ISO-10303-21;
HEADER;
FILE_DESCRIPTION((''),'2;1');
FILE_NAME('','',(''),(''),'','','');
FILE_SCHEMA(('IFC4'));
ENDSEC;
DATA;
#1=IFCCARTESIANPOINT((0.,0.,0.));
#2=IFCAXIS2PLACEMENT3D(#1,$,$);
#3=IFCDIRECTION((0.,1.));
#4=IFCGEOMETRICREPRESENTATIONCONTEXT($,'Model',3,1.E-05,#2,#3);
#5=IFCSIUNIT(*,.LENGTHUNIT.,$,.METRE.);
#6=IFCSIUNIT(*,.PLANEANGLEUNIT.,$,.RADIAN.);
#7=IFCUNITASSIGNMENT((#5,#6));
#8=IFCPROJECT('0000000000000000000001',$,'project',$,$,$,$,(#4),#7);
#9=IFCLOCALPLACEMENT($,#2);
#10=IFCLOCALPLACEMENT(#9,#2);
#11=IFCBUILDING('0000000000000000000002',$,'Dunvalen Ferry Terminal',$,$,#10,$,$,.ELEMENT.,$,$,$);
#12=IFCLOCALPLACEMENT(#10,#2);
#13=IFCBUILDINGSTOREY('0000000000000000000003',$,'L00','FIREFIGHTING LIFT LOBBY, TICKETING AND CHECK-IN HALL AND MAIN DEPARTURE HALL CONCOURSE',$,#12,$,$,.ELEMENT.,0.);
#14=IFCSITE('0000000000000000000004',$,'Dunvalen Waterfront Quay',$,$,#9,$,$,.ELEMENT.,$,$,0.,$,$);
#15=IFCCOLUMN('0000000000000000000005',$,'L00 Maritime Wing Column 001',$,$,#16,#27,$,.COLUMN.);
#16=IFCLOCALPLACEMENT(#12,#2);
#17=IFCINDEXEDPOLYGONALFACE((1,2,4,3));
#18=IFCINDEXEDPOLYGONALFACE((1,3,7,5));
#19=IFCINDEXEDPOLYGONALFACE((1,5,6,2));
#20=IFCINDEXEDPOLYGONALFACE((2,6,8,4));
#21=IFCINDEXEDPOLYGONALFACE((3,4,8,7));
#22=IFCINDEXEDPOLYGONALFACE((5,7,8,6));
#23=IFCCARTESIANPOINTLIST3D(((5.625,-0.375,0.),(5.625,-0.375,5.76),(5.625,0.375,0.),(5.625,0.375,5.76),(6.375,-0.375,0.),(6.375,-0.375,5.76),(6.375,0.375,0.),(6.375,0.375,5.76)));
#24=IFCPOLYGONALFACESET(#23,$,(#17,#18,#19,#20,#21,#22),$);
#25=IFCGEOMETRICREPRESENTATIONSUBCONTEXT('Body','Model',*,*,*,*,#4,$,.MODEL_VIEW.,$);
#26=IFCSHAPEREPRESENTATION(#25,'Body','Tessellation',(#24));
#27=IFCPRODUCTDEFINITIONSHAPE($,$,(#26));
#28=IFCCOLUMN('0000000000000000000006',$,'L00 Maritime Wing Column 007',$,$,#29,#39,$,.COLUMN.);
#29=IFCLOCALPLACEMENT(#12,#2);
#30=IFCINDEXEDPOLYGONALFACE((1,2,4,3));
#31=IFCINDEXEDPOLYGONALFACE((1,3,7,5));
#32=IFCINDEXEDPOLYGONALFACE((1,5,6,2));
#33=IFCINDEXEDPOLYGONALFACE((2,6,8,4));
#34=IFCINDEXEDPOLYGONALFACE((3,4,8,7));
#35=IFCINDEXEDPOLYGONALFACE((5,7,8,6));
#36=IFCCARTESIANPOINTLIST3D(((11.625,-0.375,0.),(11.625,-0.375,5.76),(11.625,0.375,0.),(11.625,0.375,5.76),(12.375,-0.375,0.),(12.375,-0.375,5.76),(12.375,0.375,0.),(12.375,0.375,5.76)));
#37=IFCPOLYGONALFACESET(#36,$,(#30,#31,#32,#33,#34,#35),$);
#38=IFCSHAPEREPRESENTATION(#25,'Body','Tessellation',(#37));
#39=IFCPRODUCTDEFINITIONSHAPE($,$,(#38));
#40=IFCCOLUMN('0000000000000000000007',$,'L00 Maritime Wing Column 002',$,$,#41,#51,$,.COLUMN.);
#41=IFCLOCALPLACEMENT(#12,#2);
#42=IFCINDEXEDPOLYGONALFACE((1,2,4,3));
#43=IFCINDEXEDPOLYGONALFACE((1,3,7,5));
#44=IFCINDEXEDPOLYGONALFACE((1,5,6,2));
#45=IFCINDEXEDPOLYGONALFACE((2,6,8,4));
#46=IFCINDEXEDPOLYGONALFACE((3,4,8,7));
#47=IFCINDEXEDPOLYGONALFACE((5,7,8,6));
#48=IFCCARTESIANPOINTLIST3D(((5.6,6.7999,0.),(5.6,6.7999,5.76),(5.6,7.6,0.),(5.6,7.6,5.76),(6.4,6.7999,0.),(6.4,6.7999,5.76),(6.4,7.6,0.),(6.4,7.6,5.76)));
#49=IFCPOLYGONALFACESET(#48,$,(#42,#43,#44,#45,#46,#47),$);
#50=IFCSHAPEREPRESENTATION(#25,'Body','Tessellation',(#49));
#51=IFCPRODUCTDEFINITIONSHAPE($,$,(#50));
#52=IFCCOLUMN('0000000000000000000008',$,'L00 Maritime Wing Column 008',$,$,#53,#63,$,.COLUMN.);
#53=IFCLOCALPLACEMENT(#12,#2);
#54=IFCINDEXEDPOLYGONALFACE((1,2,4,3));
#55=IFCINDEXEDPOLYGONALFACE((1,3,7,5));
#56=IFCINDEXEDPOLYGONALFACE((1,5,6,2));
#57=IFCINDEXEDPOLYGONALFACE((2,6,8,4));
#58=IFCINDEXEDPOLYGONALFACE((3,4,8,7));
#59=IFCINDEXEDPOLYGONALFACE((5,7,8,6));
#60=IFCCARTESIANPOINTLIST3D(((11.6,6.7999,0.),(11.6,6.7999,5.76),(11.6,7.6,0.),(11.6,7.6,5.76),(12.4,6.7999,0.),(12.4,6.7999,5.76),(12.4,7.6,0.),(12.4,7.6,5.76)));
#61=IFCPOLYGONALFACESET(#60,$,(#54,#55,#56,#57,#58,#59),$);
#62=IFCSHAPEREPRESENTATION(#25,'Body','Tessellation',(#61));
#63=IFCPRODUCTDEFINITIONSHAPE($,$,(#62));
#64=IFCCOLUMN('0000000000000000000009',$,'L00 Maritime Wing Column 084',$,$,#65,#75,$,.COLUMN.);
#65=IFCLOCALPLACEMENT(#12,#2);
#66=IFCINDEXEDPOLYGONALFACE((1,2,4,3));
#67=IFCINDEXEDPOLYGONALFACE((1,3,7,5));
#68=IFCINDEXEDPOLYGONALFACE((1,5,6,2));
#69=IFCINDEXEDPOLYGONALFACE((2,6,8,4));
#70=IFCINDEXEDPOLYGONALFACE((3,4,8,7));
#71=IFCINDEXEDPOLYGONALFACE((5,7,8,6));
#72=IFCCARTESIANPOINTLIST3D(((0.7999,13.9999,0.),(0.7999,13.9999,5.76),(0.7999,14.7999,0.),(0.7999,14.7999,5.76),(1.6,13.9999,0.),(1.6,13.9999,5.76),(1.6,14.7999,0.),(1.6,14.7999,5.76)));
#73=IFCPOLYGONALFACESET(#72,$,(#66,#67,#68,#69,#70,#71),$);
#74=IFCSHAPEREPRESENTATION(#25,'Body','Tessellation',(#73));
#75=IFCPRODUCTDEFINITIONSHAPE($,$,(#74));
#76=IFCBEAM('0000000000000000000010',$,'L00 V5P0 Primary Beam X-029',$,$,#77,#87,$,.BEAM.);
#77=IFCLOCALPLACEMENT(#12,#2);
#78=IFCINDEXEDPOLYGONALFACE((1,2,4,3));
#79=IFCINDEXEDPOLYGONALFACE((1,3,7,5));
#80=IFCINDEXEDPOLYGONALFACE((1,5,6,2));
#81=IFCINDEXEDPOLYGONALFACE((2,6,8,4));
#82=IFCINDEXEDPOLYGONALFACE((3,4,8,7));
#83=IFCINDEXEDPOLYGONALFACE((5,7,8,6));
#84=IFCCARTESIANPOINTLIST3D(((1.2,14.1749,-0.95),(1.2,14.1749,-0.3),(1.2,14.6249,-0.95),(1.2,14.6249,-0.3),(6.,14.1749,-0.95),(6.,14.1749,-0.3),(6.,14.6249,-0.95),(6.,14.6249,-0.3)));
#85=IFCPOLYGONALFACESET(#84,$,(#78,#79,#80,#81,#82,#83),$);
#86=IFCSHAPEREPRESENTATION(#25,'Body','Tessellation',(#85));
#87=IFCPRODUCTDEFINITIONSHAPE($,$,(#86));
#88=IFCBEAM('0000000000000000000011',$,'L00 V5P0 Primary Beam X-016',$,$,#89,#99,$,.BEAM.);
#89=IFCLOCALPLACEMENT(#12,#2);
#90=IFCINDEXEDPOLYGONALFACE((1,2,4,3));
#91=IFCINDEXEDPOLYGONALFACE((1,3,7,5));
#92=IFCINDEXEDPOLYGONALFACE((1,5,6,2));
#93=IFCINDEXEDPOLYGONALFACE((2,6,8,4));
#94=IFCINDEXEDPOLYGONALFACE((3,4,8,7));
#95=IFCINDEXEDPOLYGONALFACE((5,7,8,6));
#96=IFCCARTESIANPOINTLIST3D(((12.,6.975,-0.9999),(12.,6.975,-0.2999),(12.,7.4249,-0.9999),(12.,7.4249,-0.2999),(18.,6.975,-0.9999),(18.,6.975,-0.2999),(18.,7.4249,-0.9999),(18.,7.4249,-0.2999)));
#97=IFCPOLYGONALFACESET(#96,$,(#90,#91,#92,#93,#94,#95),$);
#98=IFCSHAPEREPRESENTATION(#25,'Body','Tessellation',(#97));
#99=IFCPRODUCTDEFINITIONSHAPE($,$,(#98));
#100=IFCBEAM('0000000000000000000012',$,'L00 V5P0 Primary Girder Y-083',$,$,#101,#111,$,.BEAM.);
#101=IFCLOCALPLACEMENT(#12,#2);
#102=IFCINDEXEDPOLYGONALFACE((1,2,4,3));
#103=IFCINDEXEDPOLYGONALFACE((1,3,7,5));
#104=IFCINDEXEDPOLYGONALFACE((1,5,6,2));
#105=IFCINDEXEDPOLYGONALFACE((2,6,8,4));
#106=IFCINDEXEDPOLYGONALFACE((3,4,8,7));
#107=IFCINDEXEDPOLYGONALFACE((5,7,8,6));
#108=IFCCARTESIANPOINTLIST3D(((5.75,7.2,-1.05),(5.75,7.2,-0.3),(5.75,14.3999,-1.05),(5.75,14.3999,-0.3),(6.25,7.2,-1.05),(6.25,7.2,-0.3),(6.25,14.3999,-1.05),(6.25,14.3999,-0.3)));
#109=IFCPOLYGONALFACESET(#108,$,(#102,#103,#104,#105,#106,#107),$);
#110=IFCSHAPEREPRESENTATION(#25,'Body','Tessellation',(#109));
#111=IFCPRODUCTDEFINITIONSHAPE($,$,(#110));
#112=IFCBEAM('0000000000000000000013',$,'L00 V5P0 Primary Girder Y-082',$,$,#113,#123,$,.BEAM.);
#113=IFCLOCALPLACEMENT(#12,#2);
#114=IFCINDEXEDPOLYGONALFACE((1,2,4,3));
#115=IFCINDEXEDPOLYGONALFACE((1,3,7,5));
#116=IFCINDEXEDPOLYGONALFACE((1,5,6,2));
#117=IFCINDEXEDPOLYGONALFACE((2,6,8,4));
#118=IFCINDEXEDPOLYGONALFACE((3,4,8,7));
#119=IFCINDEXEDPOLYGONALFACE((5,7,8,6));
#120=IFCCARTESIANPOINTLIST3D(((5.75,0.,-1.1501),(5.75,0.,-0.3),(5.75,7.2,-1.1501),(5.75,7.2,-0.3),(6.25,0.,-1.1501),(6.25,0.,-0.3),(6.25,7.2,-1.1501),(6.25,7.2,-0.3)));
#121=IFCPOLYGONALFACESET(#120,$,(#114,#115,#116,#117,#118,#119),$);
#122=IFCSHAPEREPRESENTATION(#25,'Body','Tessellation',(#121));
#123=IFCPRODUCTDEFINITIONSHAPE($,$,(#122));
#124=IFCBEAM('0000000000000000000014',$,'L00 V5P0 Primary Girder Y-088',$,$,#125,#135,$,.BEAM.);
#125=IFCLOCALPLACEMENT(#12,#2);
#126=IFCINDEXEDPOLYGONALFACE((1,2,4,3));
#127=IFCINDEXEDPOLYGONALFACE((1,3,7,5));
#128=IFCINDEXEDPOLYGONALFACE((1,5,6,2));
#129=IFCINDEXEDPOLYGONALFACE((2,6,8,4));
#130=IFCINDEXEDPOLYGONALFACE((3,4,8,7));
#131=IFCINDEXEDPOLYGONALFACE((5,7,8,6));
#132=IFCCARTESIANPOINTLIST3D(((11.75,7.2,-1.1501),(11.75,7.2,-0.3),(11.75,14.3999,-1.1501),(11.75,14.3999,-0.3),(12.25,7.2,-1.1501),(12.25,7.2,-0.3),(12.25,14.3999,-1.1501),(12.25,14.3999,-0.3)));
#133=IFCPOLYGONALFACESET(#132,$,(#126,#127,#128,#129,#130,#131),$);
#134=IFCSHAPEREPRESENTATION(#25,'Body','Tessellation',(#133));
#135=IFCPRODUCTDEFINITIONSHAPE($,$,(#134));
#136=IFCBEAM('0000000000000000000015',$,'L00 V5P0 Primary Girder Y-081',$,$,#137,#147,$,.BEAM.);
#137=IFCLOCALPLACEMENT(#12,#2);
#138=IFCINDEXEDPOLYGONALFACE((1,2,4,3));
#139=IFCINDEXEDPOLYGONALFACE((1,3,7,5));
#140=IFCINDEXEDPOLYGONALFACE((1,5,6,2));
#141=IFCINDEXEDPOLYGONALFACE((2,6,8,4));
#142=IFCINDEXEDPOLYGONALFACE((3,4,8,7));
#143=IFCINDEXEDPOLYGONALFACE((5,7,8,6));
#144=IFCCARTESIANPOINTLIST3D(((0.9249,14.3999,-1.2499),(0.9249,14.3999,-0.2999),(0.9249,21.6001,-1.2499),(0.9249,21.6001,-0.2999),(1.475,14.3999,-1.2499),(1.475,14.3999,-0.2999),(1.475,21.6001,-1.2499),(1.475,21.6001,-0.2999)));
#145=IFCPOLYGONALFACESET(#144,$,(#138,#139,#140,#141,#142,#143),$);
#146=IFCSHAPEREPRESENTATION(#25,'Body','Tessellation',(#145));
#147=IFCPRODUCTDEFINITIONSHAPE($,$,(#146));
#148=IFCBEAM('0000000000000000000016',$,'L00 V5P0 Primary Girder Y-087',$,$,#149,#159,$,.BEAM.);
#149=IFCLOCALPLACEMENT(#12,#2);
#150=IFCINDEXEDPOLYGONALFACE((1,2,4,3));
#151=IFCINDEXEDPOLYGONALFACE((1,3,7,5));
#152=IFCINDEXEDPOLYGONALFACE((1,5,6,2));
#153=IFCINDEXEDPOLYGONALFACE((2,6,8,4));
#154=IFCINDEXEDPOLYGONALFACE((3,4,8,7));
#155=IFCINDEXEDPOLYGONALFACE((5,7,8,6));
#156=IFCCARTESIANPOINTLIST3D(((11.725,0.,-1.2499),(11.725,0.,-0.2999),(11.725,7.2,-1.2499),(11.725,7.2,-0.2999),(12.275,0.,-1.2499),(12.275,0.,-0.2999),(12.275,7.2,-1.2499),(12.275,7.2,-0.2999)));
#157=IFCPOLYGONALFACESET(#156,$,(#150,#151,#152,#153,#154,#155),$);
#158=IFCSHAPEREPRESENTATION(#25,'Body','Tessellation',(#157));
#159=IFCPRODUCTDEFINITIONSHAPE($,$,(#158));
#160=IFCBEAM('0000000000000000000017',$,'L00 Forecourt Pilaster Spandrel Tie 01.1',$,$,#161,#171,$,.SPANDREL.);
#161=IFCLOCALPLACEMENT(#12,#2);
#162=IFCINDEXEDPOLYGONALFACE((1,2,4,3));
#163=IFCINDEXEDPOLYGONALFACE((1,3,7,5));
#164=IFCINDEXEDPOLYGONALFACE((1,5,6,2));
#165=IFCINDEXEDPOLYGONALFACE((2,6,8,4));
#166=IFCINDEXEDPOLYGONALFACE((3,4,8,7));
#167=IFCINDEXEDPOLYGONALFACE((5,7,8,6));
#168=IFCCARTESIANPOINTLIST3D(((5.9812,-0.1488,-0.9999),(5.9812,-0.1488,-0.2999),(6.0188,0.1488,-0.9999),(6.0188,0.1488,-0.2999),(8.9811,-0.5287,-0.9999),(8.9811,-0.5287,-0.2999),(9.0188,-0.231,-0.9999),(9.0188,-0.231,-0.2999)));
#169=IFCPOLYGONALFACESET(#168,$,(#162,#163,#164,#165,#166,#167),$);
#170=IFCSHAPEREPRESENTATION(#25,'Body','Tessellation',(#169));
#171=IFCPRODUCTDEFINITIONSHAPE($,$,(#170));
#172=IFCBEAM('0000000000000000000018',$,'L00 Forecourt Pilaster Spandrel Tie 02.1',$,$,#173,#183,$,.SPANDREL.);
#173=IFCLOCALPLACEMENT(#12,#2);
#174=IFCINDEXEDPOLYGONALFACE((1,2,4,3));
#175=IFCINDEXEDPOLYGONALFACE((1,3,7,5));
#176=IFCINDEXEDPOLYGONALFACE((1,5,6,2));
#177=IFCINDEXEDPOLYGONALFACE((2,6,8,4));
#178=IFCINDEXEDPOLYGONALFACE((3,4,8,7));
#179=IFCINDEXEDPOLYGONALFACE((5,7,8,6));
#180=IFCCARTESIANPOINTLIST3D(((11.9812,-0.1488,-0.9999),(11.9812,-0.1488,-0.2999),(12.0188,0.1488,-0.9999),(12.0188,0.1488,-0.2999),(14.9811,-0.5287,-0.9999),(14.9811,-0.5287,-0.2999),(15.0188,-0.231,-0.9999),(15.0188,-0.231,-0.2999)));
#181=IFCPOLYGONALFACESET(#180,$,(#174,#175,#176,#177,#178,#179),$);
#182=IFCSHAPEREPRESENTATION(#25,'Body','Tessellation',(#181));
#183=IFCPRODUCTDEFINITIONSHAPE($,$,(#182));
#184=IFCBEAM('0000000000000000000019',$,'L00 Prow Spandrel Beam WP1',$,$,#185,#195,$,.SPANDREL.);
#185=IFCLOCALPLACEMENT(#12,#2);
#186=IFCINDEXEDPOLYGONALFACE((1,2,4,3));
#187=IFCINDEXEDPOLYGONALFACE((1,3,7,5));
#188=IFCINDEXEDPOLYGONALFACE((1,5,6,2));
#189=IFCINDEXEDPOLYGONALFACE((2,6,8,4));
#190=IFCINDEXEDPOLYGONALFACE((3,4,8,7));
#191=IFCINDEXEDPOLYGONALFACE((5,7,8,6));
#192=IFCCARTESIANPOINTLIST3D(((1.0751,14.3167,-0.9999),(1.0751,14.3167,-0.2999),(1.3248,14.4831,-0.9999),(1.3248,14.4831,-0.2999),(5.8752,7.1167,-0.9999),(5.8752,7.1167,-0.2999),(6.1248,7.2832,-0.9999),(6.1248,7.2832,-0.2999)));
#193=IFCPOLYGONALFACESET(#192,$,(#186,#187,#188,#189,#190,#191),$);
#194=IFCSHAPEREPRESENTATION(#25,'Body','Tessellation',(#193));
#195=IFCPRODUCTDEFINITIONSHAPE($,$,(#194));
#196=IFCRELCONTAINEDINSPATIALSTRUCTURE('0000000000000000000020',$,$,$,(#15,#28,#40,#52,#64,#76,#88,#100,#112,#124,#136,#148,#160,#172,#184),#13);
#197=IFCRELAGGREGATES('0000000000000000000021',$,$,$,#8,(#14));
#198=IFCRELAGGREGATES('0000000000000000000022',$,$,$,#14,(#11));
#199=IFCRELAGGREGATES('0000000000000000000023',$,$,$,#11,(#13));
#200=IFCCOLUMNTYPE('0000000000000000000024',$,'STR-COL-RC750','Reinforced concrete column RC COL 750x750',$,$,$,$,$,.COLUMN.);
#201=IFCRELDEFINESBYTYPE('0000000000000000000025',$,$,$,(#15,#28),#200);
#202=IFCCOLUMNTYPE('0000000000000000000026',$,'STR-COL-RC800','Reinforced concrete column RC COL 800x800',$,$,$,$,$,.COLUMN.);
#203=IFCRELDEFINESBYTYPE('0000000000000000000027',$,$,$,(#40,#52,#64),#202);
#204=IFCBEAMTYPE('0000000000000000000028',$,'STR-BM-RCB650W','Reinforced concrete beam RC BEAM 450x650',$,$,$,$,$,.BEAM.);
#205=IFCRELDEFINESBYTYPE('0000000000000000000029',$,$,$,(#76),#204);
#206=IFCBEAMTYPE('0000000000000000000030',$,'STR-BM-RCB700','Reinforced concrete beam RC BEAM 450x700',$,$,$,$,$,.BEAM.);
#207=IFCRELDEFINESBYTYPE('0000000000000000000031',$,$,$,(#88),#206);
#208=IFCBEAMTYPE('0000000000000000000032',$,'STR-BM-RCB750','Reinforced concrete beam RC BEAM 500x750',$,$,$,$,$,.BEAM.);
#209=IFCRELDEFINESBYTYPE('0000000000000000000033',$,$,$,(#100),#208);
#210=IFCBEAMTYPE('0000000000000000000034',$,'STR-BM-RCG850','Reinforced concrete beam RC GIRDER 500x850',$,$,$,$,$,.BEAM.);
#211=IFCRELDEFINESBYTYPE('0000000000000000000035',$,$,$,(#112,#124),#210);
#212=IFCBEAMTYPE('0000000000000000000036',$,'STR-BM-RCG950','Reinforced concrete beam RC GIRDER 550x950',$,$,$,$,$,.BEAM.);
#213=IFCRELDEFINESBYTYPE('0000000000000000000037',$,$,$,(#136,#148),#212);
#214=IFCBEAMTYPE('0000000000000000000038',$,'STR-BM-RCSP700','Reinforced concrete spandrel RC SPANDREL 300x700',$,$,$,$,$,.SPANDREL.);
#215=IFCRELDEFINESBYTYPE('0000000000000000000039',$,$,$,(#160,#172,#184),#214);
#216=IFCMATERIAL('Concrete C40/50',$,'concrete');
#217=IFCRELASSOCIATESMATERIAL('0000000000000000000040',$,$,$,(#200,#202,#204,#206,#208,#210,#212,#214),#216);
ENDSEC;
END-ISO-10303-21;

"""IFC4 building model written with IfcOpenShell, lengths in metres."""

from ifc_helpers import new_model, si_unit, direction, frame, origin, origin_2d, place, context, subcontext, project, spatial, rectangle, extrude, material, material_profile, profile_set, type_object, element, save


model = new_model("IFC4")

# Units and contexts
model_context = context("Model", 3, precision=1e-05, world=origin(), true_north=direction((0.0, 1.0)))
body_context = subcontext(model_context, "Body", "Model", "MODEL_VIEW")
ifc_project = project(units=[si_unit("LENGTHUNIT", "METRE"), si_unit("PLANEANGLEUNIT", "RADIAN")], contexts=[model_context])

# Site, building, storey
site_placement = place(None, origin())
site = spatial("IfcSite", under=ifc_project, at=site_placement, Name="Dunvalen Waterfront Quay", CompositionType="ELEMENT", RefElevation=0.0)
building_placement = place(site_placement, origin())
building = spatial("IfcBuilding", under=site, at=building_placement, Name="Dunvalen Ferry Terminal", CompositionType="ELEMENT")
storey_placement = place(building_placement, origin())
storey = spatial("IfcBuildingStorey", under=building, at=storey_placement, Name="L00", Description="FIREFIGHTING LIFT LOBBY, TICKETING AND CHECK-IN HALL AND MAIN DEPARTURE HALL CONCOURSE", CompositionType="ELEMENT", Elevation=0.0)

# Columns
ifc_material_1 = material(Name="Concrete C40/50", Category="concrete")
ifc_material_profile_1 = material_profile(ifc_material_1, rectangle(XDim=0.75, YDim=0.75, at=origin_2d()), Name="Concrete C40/50")
ifc_profile_set_1 = profile_set([ifc_material_profile_1], Name="Concrete C40/50")
column_type_1 = type_object("IfcColumnType", Name="STR-COL-RC750", Description="Reinforced concrete column RC COL 750x750", PredefinedType="COLUMN", material=ifc_profile_set_1)
for number, where, z_axis, x_axis, name in (
    (1, (6.0, 0.0, 0.0), (0.0, 0.0, 1.0), (1.0, 0.0, 0.0), "L00 Maritime Wing Column 001"),
    (2, (12.0, 0.0, 0.0), (0.0, 0.0, 1.0), (1.0, 0.0, 0.0), "L00 Maritime Wing Column 007"),
):
    element("IfcColumn", number, at=place(storey_placement, frame(where, z_axis=z_axis, x_axis=x_axis)), inside=storey, type_object=column_type_1, Name=name, PredefinedType="COLUMN", context=body_context, shape_type="SweptSolid", body=[
        extrude(rectangle(XDim=0.75, YDim=0.75, at=origin_2d()), origin(), (0.0, 0.0, 1.0), 5.76),
    ])
ifc_material_profile_2 = material_profile(ifc_material_1, rectangle(XDim=0.8, YDim=0.8, at=origin_2d()), Name="Concrete C40/50")
ifc_profile_set_2 = profile_set([ifc_material_profile_2], Name="Concrete C40/50")
column_type_2 = type_object("IfcColumnType", Name="STR-COL-RC800", Description="Reinforced concrete column RC COL 800x800", PredefinedType="COLUMN", material=ifc_profile_set_2)
for number, where, z_axis, x_axis, name in (
    (3, (6.0, 7.2, 0.0), (0.0, 0.0, 1.0), (1.0, 0.0, 0.0), "L00 Maritime Wing Column 002"),
    (4, (12.0, 7.2, 0.0), (0.0, 0.0, 1.0), (1.0, 0.0, 0.0), "L00 Maritime Wing Column 008"),
    (5, (1.2, 14.3999, 0.0), (0.0, 0.0, 1.0), (1.0, 0.0, 0.0), "L00 Maritime Wing Column 084"),
):
    element("IfcColumn", number, at=place(storey_placement, frame(where, z_axis=z_axis, x_axis=x_axis)), inside=storey, type_object=column_type_2, Name=name, PredefinedType="COLUMN", context=body_context, shape_type="SweptSolid", body=[
        extrude(rectangle(XDim=0.8, YDim=0.8, at=origin_2d()), origin(), (0.0, 0.0, 1.0), 5.76),
    ])

# Beams
ifc_material_profile_3 = material_profile(ifc_material_1, rectangle(XDim=0.45, YDim=0.6499, at=origin_2d()), Name="Concrete C40/50")
ifc_profile_set_3 = profile_set([ifc_material_profile_3], Name="Concrete C40/50")
beam_type_1 = type_object("IfcBeamType", Name="STR-BM-RCB650W", Description="Reinforced concrete beam RC BEAM 450x650", PredefinedType="BEAM", material=ifc_profile_set_3)
beam_1_placement = place(storey_placement, frame((1.2, 14.3999, -0.625), z_axis=(1.0, 0.0, 0.0), x_axis=(0.0, 1.0, 0.0)))
element("IfcBeam", 6, at=beam_1_placement, inside=storey, type_object=beam_type_1, Name="L00 V5P0 Primary Beam X-029", PredefinedType="BEAM", context=body_context, shape_type="SweptSolid", body=[
    extrude(rectangle(XDim=0.45, YDim=0.6499, at=origin_2d()), origin(), (0.0, 0.0, 1.0), 4.8),
])
ifc_material_profile_4 = material_profile(ifc_material_1, rectangle(XDim=0.45, YDim=0.7, at=origin_2d()), Name="Concrete C40/50")
ifc_profile_set_4 = profile_set([ifc_material_profile_4], Name="Concrete C40/50")
beam_type_2 = type_object("IfcBeamType", Name="STR-BM-RCB700", Description="Reinforced concrete beam RC BEAM 450x700", PredefinedType="BEAM", material=ifc_profile_set_4)
beam_2_placement = place(storey_placement, frame((12.0, 7.2, -0.6499), z_axis=(1.0, 0.0, 0.0), x_axis=(0.0, 1.0, 0.0)))
element("IfcBeam", 7, at=beam_2_placement, inside=storey, type_object=beam_type_2, Name="L00 V5P0 Primary Beam X-016", PredefinedType="BEAM", context=body_context, shape_type="SweptSolid", body=[
    extrude(rectangle(XDim=0.45, YDim=0.7, at=origin_2d()), origin(), (0.0, 0.0, 1.0), 6.0),
])
ifc_material_profile_5 = material_profile(ifc_material_1, rectangle(XDim=0.5, YDim=0.75, at=origin_2d()), Name="Concrete C40/50")
ifc_profile_set_5 = profile_set([ifc_material_profile_5], Name="Concrete C40/50")
beam_type_3 = type_object("IfcBeamType", Name="STR-BM-RCB750", Description="Reinforced concrete beam RC BEAM 500x750", PredefinedType="BEAM", material=ifc_profile_set_5)
beam_3_placement = place(storey_placement, frame((6.0, 7.2, -0.675), z_axis=(0.0, 1.0, 0.0), x_axis=(-1.0, 0.0, 0.0)))
element("IfcBeam", 8, at=beam_3_placement, inside=storey, type_object=beam_type_3, Name="L00 V5P0 Primary Girder Y-083", PredefinedType="BEAM", context=body_context, shape_type="SweptSolid", body=[
    extrude(rectangle(XDim=0.5, YDim=0.75, at=origin_2d()), origin(), (0.0, 0.0, 1.0), 7.2),
])
ifc_material_profile_6 = material_profile(ifc_material_1, rectangle(XDim=0.5, YDim=0.8501, at=origin_2d()), Name="Concrete C40/50")
ifc_profile_set_6 = profile_set([ifc_material_profile_6], Name="Concrete C40/50")
beam_type_4 = type_object("IfcBeamType", Name="STR-BM-RCG850", Description="Reinforced concrete beam RC GIRDER 500x850", PredefinedType="BEAM", material=ifc_profile_set_6)
for number, where, z_axis, x_axis, name in (
    (9, (6.0, 0.0, -0.7251), (0.0, 1.0, 0.0), (-1.0, 0.0, 0.0), "L00 V5P0 Primary Girder Y-082"),
    (10, (12.0, 7.2, -0.7251), (0.0, 1.0, 0.0), (-1.0, 0.0, 0.0), "L00 V5P0 Primary Girder Y-088"),
):
    element("IfcBeam", number, at=place(storey_placement, frame(where, z_axis=z_axis, x_axis=x_axis)), inside=storey, type_object=beam_type_4, Name=name, PredefinedType="BEAM", context=body_context, shape_type="SweptSolid", body=[
        extrude(rectangle(XDim=0.5, YDim=0.8501, at=origin_2d()), origin(), (0.0, 0.0, 1.0), 7.2),
    ])
ifc_material_profile_7 = material_profile(ifc_material_1, rectangle(XDim=0.55, YDim=0.95, at=origin_2d()), Name="Concrete C40/50")
ifc_profile_set_7 = profile_set([ifc_material_profile_7], Name="Concrete C40/50")
beam_type_5 = type_object("IfcBeamType", Name="STR-BM-RCG950", Description="Reinforced concrete beam RC GIRDER 550x950", PredefinedType="BEAM", material=ifc_profile_set_7)
beam_4_placement = place(storey_placement, frame((1.2, 14.3999, -0.7749), z_axis=(0.0, 1.0, 0.0), x_axis=(-1.0, 0.0, 0.0)))
element("IfcBeam", 11, at=beam_4_placement, inside=storey, type_object=beam_type_5, Name="L00 V5P0 Primary Girder Y-081", PredefinedType="BEAM", context=body_context, shape_type="SweptSolid", body=[
    extrude(rectangle(XDim=0.55, YDim=0.95, at=origin_2d()), origin(), (0.0, 0.0, 1.0), 7.2002),
])
beam_5_placement = place(storey_placement, frame((12.0, 0.0, -0.7749), z_axis=(0.0, 1.0, 0.0), x_axis=(-1.0, 0.0, 0.0)))
element("IfcBeam", 12, at=beam_5_placement, inside=storey, type_object=beam_type_5, Name="L00 V5P0 Primary Girder Y-087", PredefinedType="BEAM", context=body_context, shape_type="SweptSolid", body=[
    extrude(rectangle(XDim=0.55, YDim=0.95, at=origin_2d()), origin(), (0.0, 0.0, 1.0), 7.2),
])
ifc_material_profile_8 = material_profile(ifc_material_1, rectangle(XDim=0.3, YDim=0.7, at=origin_2d()), Name="Concrete C40/50")
ifc_profile_set_8 = profile_set([ifc_material_profile_8], Name="Concrete C40/50")
beam_type_6 = type_object("IfcBeamType", Name="STR-BM-RCSP700", Description="Reinforced concrete spandrel RC SPANDREL 300x700", PredefinedType="SPANDREL", material=ifc_profile_set_8)
for number, where, z_axis, x_axis, name in (
    (13, (6.0, 0.0, -0.6499), (0.992078, -0.125624, 0.0), (0.125624, 0.992078, 0.0), "L00 Forecourt Pilaster Spandrel Tie 01.1"),
    (14, (12.0, 0.0, -0.6499), (0.992078, -0.125624, 0.0), (0.125624, 0.992078, 0.0), "L00 Forecourt Pilaster Spandrel Tie 02.1"),
):
    element("IfcBeam", number, at=place(storey_placement, frame(where, z_axis=z_axis, x_axis=x_axis)), inside=storey, type_object=beam_type_6, Name=name, PredefinedType="SPANDREL", context=body_context, shape_type="SweptSolid", body=[
        extrude(rectangle(XDim=0.3, YDim=0.7, at=origin_2d()), origin(), (0.0, 0.0, 1.0), 3.0239),
    ])
beam_6_placement = place(storey_placement, frame((6.0, 7.2, -0.6499), z_axis=(-0.554707, 0.832046, 0.0), x_axis=(-0.832046, -0.554707, 0.0)))
element("IfcBeam", 15, at=beam_6_placement, inside=storey, type_object=beam_type_6, Name="L00 Prow Spandrel Beam WP1", PredefinedType="SPANDREL", context=body_context, shape_type="SweptSolid", body=[
    extrude(rectangle(XDim=0.3, YDim=0.7, at=origin_2d()), origin(), (0.0, 0.0, 1.0), 8.6533),
])

save(model, "model.ifc")
